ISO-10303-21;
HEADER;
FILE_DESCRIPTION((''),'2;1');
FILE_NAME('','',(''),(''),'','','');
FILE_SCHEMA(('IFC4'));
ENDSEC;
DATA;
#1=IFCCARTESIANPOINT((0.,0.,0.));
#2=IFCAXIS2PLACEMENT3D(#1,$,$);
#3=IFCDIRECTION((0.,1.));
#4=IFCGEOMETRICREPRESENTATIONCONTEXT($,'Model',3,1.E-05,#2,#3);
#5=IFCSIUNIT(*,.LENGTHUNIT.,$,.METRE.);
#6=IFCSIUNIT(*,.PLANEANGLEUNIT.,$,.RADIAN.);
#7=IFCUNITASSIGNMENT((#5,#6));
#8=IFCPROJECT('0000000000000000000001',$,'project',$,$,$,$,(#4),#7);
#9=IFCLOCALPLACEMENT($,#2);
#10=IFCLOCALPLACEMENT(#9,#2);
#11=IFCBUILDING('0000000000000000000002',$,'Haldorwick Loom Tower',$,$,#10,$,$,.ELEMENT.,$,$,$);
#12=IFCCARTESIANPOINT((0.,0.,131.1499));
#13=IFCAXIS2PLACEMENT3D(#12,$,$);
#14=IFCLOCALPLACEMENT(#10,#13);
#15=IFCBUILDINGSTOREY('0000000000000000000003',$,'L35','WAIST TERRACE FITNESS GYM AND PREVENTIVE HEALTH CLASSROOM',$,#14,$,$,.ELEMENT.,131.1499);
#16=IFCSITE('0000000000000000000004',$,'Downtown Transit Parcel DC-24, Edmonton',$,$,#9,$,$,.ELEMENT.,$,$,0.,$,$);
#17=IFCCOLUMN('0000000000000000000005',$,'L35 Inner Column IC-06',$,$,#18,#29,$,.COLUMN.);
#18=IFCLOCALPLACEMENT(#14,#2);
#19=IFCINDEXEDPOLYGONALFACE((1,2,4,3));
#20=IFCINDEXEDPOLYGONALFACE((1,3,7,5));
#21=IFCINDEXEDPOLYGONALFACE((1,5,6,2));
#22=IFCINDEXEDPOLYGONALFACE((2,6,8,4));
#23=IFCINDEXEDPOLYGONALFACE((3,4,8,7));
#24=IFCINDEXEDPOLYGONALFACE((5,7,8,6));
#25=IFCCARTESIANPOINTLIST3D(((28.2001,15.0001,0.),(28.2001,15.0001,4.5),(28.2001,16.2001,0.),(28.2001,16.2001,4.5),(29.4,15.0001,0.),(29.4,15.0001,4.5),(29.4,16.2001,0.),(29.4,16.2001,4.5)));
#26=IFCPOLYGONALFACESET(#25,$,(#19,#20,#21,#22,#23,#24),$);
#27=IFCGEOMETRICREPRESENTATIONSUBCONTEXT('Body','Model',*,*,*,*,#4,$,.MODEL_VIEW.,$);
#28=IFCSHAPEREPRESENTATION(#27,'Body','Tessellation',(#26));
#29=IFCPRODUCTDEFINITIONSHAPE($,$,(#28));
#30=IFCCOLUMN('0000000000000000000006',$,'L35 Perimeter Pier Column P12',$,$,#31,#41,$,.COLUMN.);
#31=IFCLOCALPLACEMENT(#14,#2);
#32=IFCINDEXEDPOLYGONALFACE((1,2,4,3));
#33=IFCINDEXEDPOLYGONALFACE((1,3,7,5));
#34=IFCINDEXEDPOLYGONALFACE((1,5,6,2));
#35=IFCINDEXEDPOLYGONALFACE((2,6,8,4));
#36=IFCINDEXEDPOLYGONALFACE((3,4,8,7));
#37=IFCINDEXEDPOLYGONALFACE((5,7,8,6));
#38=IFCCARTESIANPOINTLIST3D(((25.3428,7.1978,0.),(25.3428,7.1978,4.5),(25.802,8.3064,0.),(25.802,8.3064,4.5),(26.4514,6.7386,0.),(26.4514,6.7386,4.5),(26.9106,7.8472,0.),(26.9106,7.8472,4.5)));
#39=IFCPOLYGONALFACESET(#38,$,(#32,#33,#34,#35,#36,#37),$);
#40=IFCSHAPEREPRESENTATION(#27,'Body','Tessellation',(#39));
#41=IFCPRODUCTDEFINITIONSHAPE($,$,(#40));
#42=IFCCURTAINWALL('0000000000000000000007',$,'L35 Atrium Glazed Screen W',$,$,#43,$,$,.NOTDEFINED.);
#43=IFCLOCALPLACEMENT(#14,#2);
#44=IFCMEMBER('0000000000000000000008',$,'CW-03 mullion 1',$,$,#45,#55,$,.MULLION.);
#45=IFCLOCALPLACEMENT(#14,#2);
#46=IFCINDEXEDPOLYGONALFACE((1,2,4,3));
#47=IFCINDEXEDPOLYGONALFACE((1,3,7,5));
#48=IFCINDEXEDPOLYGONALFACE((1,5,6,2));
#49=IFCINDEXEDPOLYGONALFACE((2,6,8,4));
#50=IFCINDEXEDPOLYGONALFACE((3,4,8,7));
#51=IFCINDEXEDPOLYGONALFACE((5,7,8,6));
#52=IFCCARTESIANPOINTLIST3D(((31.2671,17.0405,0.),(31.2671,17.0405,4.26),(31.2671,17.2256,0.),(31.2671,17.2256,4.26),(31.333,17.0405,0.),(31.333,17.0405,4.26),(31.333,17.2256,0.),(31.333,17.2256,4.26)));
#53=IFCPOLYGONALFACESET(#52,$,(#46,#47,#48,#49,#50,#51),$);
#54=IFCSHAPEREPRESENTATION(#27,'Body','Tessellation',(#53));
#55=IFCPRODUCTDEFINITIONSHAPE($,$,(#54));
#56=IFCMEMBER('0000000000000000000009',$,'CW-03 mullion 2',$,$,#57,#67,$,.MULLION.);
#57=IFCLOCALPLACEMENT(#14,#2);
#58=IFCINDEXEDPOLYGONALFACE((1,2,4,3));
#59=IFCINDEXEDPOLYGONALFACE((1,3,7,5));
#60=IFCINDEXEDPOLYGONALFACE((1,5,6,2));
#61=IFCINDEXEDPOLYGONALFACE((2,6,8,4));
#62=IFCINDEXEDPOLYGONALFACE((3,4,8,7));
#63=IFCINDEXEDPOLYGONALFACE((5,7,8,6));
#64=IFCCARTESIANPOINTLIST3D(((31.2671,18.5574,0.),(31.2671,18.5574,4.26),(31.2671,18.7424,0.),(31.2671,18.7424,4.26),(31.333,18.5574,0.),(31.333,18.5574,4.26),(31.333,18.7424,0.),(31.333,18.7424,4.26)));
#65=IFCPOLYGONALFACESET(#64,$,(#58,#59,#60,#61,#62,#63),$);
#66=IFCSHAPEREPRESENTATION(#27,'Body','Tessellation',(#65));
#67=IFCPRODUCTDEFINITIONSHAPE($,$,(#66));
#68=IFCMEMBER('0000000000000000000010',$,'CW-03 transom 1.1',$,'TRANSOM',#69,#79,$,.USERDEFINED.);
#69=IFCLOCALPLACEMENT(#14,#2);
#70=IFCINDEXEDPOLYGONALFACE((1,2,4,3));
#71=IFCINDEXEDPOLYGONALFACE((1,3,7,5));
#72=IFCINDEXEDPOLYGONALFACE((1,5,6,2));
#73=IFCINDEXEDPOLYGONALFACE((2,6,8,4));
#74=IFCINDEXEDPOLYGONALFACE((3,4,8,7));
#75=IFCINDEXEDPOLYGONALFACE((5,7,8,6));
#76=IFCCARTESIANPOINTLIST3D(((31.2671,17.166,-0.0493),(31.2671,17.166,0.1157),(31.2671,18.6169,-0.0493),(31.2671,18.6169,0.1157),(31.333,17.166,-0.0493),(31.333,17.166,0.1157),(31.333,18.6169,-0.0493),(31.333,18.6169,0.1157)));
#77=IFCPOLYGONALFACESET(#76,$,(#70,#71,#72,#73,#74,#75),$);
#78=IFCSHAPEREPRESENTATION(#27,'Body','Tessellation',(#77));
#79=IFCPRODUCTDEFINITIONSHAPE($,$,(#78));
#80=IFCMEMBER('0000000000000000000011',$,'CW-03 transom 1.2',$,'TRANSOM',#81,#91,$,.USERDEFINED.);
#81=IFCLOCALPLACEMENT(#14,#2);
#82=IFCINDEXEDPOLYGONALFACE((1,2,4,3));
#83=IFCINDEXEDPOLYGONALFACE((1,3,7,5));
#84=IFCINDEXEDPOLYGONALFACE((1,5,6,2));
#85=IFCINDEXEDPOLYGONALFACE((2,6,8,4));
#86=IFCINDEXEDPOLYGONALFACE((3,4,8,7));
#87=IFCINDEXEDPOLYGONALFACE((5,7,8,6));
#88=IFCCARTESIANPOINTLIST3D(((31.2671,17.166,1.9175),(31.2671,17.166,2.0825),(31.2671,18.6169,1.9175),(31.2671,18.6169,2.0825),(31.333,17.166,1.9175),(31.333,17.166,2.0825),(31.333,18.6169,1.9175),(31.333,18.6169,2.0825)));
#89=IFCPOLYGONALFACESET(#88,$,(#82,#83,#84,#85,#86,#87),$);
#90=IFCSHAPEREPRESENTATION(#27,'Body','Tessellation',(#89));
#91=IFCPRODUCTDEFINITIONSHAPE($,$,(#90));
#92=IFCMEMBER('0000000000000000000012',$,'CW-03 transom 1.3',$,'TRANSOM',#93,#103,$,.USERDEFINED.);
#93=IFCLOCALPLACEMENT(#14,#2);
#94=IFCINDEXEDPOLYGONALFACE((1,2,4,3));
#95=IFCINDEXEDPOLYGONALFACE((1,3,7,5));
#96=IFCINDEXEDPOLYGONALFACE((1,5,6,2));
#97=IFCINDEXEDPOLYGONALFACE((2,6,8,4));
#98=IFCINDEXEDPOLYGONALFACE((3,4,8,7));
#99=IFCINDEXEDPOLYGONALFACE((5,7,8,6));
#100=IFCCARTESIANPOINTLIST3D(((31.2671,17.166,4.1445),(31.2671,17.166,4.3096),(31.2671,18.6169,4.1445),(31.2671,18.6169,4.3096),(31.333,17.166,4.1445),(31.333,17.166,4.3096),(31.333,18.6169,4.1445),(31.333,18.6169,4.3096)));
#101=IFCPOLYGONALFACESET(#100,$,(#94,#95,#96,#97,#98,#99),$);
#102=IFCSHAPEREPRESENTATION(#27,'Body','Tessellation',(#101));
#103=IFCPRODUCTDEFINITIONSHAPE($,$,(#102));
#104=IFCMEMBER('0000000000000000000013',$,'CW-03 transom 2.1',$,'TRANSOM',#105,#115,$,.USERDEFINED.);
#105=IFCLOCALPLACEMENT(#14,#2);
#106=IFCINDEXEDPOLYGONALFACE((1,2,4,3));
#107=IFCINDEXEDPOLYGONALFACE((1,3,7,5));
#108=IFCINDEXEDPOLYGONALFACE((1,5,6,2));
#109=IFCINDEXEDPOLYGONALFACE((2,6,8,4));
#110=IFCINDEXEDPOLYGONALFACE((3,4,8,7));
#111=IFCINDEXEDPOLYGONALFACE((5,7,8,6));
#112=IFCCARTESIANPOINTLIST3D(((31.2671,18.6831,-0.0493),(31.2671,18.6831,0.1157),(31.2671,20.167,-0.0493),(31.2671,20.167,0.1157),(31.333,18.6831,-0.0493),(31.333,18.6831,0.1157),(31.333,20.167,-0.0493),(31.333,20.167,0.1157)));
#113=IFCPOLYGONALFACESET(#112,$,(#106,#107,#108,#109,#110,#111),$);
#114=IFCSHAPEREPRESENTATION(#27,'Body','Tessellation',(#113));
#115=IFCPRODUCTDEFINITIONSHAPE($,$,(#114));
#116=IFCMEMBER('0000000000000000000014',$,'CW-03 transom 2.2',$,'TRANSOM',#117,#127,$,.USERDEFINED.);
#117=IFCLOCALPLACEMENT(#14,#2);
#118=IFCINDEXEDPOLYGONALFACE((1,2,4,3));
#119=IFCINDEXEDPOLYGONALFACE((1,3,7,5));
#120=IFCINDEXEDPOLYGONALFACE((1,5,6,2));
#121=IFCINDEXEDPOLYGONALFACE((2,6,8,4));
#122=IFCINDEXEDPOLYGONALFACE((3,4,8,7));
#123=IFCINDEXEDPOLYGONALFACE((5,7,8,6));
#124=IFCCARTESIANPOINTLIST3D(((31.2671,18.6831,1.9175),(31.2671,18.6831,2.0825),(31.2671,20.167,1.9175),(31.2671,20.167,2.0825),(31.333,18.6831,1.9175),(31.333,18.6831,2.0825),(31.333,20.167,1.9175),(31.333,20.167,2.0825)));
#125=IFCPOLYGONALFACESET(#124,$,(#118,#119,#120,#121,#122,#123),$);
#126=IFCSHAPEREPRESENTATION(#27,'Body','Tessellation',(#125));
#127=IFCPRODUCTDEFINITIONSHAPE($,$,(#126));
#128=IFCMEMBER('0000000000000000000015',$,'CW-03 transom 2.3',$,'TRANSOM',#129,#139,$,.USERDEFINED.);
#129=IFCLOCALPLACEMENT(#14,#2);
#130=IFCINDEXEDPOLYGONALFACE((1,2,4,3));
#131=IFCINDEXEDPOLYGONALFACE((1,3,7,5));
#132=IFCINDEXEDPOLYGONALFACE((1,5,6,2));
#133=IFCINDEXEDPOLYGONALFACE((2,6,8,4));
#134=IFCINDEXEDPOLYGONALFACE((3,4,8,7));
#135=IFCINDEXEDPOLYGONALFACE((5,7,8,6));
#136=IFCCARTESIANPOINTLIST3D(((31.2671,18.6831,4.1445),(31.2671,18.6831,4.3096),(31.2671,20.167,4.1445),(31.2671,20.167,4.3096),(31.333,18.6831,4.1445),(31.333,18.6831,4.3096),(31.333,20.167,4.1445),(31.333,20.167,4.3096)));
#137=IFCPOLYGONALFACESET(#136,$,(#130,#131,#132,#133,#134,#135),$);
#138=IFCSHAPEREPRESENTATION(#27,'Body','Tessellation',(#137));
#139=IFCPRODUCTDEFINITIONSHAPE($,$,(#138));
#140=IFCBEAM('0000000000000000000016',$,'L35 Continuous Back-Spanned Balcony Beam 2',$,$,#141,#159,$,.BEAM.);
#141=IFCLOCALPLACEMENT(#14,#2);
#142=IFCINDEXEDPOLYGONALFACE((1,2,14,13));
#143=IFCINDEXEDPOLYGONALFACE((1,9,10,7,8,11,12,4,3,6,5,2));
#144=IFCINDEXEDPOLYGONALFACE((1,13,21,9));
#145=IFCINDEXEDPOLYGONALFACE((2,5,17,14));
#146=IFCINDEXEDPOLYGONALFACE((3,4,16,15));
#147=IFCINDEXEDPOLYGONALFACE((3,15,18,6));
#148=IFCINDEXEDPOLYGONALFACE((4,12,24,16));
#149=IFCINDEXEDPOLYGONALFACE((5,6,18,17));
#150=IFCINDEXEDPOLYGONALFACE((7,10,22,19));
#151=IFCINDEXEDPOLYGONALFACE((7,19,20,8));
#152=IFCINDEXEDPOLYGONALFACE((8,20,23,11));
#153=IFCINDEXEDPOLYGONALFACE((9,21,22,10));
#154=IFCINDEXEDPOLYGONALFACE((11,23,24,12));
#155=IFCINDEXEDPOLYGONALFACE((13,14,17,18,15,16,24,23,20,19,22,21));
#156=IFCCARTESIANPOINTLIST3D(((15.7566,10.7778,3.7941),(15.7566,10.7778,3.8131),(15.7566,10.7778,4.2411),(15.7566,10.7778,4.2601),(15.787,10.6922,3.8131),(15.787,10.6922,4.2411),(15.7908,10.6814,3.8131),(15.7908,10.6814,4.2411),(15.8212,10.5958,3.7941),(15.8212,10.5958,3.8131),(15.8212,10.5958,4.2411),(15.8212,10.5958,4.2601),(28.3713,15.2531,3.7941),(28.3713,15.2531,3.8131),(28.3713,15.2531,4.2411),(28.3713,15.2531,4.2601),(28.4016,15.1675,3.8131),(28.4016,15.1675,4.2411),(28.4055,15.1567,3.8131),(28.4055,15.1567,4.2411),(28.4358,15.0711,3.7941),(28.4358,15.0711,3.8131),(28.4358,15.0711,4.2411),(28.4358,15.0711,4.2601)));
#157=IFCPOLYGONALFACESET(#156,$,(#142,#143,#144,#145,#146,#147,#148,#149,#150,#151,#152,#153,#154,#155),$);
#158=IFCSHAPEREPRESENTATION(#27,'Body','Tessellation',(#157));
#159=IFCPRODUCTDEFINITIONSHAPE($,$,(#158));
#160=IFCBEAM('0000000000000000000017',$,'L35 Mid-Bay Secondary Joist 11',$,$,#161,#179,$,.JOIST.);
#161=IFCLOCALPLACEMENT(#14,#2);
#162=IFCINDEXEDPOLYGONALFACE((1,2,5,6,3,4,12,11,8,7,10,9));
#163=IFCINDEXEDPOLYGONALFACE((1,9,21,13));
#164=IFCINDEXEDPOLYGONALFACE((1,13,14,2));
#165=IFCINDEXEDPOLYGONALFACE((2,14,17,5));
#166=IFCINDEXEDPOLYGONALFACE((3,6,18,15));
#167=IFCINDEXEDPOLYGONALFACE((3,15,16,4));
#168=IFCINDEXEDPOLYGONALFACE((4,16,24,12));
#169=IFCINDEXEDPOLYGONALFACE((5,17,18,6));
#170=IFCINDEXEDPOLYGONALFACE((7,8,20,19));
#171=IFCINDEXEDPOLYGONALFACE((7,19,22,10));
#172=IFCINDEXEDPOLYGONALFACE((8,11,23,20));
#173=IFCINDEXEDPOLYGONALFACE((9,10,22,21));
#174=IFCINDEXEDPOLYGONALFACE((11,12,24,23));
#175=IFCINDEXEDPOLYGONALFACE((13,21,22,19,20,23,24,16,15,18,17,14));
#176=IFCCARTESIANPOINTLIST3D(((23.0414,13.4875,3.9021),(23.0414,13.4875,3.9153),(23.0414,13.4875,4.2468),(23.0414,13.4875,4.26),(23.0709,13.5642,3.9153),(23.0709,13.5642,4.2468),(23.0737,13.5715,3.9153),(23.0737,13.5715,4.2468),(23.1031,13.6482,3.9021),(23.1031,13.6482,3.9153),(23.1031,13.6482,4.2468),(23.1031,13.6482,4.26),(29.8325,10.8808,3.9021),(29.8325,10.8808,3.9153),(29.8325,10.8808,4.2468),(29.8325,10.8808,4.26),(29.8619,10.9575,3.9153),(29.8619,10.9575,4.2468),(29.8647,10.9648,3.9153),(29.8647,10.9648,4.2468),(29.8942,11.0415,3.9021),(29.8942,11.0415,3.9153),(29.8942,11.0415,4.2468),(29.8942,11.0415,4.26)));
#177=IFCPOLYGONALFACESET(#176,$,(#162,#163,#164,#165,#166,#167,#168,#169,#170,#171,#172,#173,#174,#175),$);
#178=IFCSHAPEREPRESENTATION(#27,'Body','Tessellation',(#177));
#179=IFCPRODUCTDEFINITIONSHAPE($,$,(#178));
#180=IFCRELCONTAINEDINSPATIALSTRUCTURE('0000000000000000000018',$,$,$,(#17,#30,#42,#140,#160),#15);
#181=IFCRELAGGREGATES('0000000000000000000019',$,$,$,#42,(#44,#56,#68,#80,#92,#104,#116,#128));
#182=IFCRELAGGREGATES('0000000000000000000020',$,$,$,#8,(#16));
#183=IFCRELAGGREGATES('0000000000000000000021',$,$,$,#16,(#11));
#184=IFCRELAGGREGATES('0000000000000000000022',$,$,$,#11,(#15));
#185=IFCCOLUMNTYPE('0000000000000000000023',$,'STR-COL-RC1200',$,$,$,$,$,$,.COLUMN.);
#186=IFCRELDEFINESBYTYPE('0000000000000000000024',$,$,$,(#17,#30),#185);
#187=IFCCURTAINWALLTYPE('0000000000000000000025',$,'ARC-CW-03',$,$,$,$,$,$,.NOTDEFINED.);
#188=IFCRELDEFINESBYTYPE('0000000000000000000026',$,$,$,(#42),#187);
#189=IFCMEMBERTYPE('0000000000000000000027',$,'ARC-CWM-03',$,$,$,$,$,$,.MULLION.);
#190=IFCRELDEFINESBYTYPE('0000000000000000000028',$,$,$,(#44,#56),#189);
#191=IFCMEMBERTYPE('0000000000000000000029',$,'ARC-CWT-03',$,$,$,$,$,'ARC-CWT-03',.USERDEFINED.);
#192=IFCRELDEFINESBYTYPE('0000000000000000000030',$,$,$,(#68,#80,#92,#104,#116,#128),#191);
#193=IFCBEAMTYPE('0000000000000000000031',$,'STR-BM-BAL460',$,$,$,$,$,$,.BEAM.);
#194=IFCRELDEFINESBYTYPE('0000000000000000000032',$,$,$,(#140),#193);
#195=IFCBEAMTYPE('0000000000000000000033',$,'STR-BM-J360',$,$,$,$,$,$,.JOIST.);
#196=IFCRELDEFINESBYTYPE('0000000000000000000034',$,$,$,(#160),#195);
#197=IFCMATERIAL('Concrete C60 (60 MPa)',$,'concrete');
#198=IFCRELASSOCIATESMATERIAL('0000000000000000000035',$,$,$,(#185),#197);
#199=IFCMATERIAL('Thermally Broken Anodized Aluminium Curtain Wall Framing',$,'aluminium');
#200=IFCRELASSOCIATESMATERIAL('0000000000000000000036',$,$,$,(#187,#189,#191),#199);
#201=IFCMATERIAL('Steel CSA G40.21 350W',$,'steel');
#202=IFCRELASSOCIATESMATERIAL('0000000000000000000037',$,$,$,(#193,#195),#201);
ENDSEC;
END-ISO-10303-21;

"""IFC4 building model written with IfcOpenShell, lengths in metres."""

from ifc_helpers import new_model, si_unit, direction, frame, origin, origin_2d, place, context, subcontext, project, spatial, rectangle, i_section, extrude, material, material_profile, profile_set, type_object, element, aggregate, save


model = new_model("IFC4")

# Units and contexts
model_context = context("Model", 3, precision=1e-05, world=origin(), true_north=direction((0.0, 1.0)))
body_context = subcontext(model_context, "Body", "Model", "MODEL_VIEW")
ifc_project = project(units=[si_unit("LENGTHUNIT", "METRE"), si_unit("PLANEANGLEUNIT", "RADIAN")], contexts=[model_context])

# Site, building, storey
site_placement = place(None, origin())
site = spatial("IfcSite", under=ifc_project, at=site_placement, Name="Downtown Transit Parcel DC-24, Edmonton", CompositionType="ELEMENT", RefElevation=0.0)
building_placement = place(site_placement, origin())
building = spatial("IfcBuilding", under=site, at=building_placement, Name="Haldorwick Loom Tower", CompositionType="ELEMENT")
storey_placement = place(building_placement, frame((0.0, 0.0, 131.1499)))
storey = spatial("IfcBuildingStorey", under=building, at=storey_placement, Name="L35", Description="WAIST TERRACE FITNESS GYM AND PREVENTIVE HEALTH CLASSROOM", CompositionType="ELEMENT", Elevation=131.1499)

# Columns
ifc_material_1 = material(Name="Concrete C60 (60 MPa)", Category="concrete")
ifc_material_profile_1 = material_profile(ifc_material_1, rectangle(XDim=1.2, YDim=1.2, at=origin_2d()), Name="RC1200X1200", Category="concrete")
ifc_profile_set_1 = profile_set([ifc_material_profile_1], Name="Concrete C60 (60 MPa)")
column_type = type_object("IfcColumnType", Name="STR-COL-RC1200", PredefinedType="COLUMN", material=ifc_profile_set_1)
for number, where, z_axis, x_axis, name in (
    (1, (28.8, 15.6001, 0.0), (0.0, 0.0, 1.0), (1.0, 0.0, 0.0), "L35 Inner Column IC-06"),
    (2, (26.1267, 7.5225, 0.0), (0.0, 0.0, 1.0), (-0.382683, -0.92388, 0.0), "L35 Perimeter Pier Column P12"),
):
    element("IfcColumn", number, at=place(storey_placement, frame(where, z_axis=z_axis, x_axis=x_axis)), inside=storey, type_object=column_type, Name=name, PredefinedType="COLUMN", context=body_context, shape_type="SweptSolid", body=[
        extrude(rectangle(XDim=1.2, YDim=1.2, at=origin_2d()), origin(), (0.0, 0.0, 1.0), 4.5),
    ])

# Curtain wall, members
ifc_material_2 = material(Name="Thermally Broken Anodized Aluminium Curtain Wall Framing", Category="aluminium")
curtain_wall_type = type_object("IfcCurtainWallType", Name="ARC-CW-03", PredefinedType="NOTDEFINED", material=ifc_material_2)
curtain_wall_placement = place(storey_placement, origin())
curtain_wall = element("IfcCurtainWall", 3, at=curtain_wall_placement, inside=storey, type_object=curtain_wall_type, Name="L35 Atrium Glazed Screen W", PredefinedType="NOTDEFINED")
ifc_material_profile_2 = material_profile(ifc_material_2, rectangle(XDim=0.0659, YDim=0.1851, at=origin_2d()), Name="ALU_MUL_66X185", Category="aluminium")
ifc_profile_set_2 = profile_set([ifc_material_profile_2], Name="Thermally Broken Anodized Aluminium Curtain Wall Framing")
member_type_1 = type_object("IfcMemberType", Name="ARC-CWM-03", PredefinedType="MULLION", material=ifc_profile_set_2)
member_1_placement = place(storey_placement, frame((31.3, 17.1331, 0.0), z_axis=(0.0, 0.0, 1.0), x_axis=(-1.0, 0.0, 0.0)))
member_1 = element("IfcMember", 4, at=member_1_placement, type_object=member_type_1, Name="CW-03 mullion 1", PredefinedType="MULLION", context=body_context, shape_type="SweptSolid", body=[
    extrude(rectangle(XDim=0.0659, YDim=0.1851, at=origin_2d()), origin(), (0.0, 0.0, 1.0), 4.26),
])
member_2_placement = place(storey_placement, frame((31.3, 18.6499, 0.0), z_axis=(0.0, 0.0, 1.0), x_axis=(-1.0, 0.0, 0.0)))
member_2 = element("IfcMember", 5, at=member_2_placement, type_object=member_type_1, Name="CW-03 mullion 2", PredefinedType="MULLION", context=body_context, shape_type="SweptSolid", body=[
    extrude(rectangle(XDim=0.0659, YDim=0.1851, at=origin_2d()), origin(), (0.0, 0.0, 1.0), 4.26),
])
ifc_material_profile_3 = material_profile(ifc_material_2, rectangle(XDim=0.0659, YDim=0.165, at=origin_2d()), Name="ALU_TRN_66X165", Category="aluminium")
ifc_profile_set_3 = profile_set([ifc_material_profile_3], Name="Thermally Broken Anodized Aluminium Curtain Wall Framing")
member_type_2 = type_object("IfcMemberType", Name="ARC-CWT-03", ElementType="ARC-CWT-03", PredefinedType="USERDEFINED", material=ifc_profile_set_3)
member_3_placement = place(storey_placement, frame((31.3, 17.166, 0.0332), z_axis=(0.0, 1.0, 0.0), x_axis=(-1.0, 0.0, 0.0)))
member_3 = element("IfcMember", 6, at=member_3_placement, type_object=member_type_2, Name="CW-03 transom 1.1", ObjectType="TRANSOM", PredefinedType="USERDEFINED", context=body_context, shape_type="SweptSolid", body=[
    extrude(rectangle(XDim=0.0659, YDim=0.165, at=origin_2d()), origin(), (0.0, 0.0, 1.0), 1.4509),
])
member_4_placement = place(storey_placement, frame((31.3, 17.166, 2.0), z_axis=(0.0, 1.0, 0.0), x_axis=(-1.0, 0.0, 0.0)))
member_4 = element("IfcMember", 7, at=member_4_placement, type_object=member_type_2, Name="CW-03 transom 1.2", ObjectType="TRANSOM", PredefinedType="USERDEFINED", context=body_context, shape_type="SweptSolid", body=[
    extrude(rectangle(XDim=0.0659, YDim=0.165, at=origin_2d()), origin(), (0.0, 0.0, 1.0), 1.4509),
])
member_5_placement = place(storey_placement, frame((31.3, 17.166, 4.2271), z_axis=(0.0, 1.0, 0.0), x_axis=(-1.0, 0.0, 0.0)))
member_5 = element("IfcMember", 8, at=member_5_placement, type_object=member_type_2, Name="CW-03 transom 1.3", ObjectType="TRANSOM", PredefinedType="USERDEFINED", context=body_context, shape_type="SweptSolid", body=[
    extrude(rectangle(XDim=0.0659, YDim=0.165, at=origin_2d()), origin(), (0.0, 0.0, 1.0), 1.4509),
])
member_6_placement = place(storey_placement, frame((31.3, 18.6831, 0.0332), z_axis=(0.0, 1.0, 0.0), x_axis=(-1.0, 0.0, 0.0)))
member_6 = element("IfcMember", 9, at=member_6_placement, type_object=member_type_2, Name="CW-03 transom 2.1", ObjectType="TRANSOM", PredefinedType="USERDEFINED", context=body_context, shape_type="SweptSolid", body=[
    extrude(rectangle(XDim=0.0659, YDim=0.165, at=origin_2d()), origin(), (0.0, 0.0, 1.0), 1.4839),
])
member_7_placement = place(storey_placement, frame((31.3, 18.6831, 2.0), z_axis=(0.0, 1.0, 0.0), x_axis=(-1.0, 0.0, 0.0)))
member_7 = element("IfcMember", 10, at=member_7_placement, type_object=member_type_2, Name="CW-03 transom 2.2", ObjectType="TRANSOM", PredefinedType="USERDEFINED", context=body_context, shape_type="SweptSolid", body=[
    extrude(rectangle(XDim=0.0659, YDim=0.165, at=origin_2d()), origin(), (0.0, 0.0, 1.0), 1.4839),
])
member_8_placement = place(storey_placement, frame((31.3, 18.6831, 4.2271), z_axis=(0.0, 1.0, 0.0), x_axis=(-1.0, 0.0, 0.0)))
member_8 = element("IfcMember", 11, at=member_8_placement, type_object=member_type_2, Name="CW-03 transom 2.3", ObjectType="TRANSOM", PredefinedType="USERDEFINED", context=body_context, shape_type="SweptSolid", body=[
    extrude(rectangle(XDim=0.0659, YDim=0.165, at=origin_2d()), origin(), (0.0, 0.0, 1.0), 1.4839),
])

# Beams
ifc_material_3 = material(Name="Steel CSA G40.21 350W", Category="steel")
ifc_material_profile_4 = material_profile(ifc_material_3, i_section(OverallWidth=0.1931, OverallDepth=0.4661, WebThickness=0.0115, FlangeThickness=0.019, at=origin_2d()), Name="W460X97", Category="steel")
ifc_profile_set_4 = profile_set([ifc_material_profile_4], Name="Steel CSA G40.21 350W")
beam_type_1 = type_object("IfcBeamType", Name="STR-BM-BAL460", PredefinedType="BEAM", material=ifc_profile_set_4)
beam_1_placement = place(storey_placement, frame((28.4036, 15.1621, 4.0271), z_axis=(-0.942448, -0.334353, 0.0), x_axis=(0.334353, -0.942448, 0.0)))
element("IfcBeam", 12, at=beam_1_placement, inside=storey, type_object=beam_type_1, Name="L35 Continuous Back-Spanned Balcony Beam 2", PredefinedType="BEAM", context=body_context, shape_type="SweptSolid", body=[
    extrude(i_section(OverallWidth=0.1931, OverallDepth=0.4661, WebThickness=0.0115, FlangeThickness=0.019, at=origin_2d()), origin(), (0.0, 0.0, 1.0), 13.385),
])
ifc_material_profile_5 = material_profile(ifc_material_3, i_section(OverallWidth=0.1721, OverallDepth=0.3579, WebThickness=0.0078, FlangeThickness=0.0132, at=origin_2d()), Name="W360X57", Category="steel")
ifc_profile_set_5 = profile_set([ifc_material_profile_5], Name="Steel CSA G40.21 350W")
beam_type_2 = type_object("IfcBeamType", Name="STR-BM-J360", PredefinedType="JOIST", material=ifc_profile_set_5)
beam_2_placement = place(storey_placement, frame((23.0723, 13.5679, 4.0811), z_axis=(0.933587, -0.358352, 0.0), x_axis=(0.358352, 0.933587, 0.0)))
element("IfcBeam", 13, at=beam_2_placement, inside=storey, type_object=beam_type_2, Name="L35 Mid-Bay Secondary Joist 11", PredefinedType="JOIST", context=body_context, shape_type="SweptSolid", body=[
    extrude(i_section(OverallWidth=0.1721, OverallDepth=0.3579, WebThickness=0.0078, FlangeThickness=0.0132, at=origin_2d()), origin(), (0.0, 0.0, 1.0), 7.2742),
])

aggregate(curtain_wall, [member_1, member_2, member_3, member_4, member_5, member_6, member_7, member_8])

save(model, "model.ifc")
